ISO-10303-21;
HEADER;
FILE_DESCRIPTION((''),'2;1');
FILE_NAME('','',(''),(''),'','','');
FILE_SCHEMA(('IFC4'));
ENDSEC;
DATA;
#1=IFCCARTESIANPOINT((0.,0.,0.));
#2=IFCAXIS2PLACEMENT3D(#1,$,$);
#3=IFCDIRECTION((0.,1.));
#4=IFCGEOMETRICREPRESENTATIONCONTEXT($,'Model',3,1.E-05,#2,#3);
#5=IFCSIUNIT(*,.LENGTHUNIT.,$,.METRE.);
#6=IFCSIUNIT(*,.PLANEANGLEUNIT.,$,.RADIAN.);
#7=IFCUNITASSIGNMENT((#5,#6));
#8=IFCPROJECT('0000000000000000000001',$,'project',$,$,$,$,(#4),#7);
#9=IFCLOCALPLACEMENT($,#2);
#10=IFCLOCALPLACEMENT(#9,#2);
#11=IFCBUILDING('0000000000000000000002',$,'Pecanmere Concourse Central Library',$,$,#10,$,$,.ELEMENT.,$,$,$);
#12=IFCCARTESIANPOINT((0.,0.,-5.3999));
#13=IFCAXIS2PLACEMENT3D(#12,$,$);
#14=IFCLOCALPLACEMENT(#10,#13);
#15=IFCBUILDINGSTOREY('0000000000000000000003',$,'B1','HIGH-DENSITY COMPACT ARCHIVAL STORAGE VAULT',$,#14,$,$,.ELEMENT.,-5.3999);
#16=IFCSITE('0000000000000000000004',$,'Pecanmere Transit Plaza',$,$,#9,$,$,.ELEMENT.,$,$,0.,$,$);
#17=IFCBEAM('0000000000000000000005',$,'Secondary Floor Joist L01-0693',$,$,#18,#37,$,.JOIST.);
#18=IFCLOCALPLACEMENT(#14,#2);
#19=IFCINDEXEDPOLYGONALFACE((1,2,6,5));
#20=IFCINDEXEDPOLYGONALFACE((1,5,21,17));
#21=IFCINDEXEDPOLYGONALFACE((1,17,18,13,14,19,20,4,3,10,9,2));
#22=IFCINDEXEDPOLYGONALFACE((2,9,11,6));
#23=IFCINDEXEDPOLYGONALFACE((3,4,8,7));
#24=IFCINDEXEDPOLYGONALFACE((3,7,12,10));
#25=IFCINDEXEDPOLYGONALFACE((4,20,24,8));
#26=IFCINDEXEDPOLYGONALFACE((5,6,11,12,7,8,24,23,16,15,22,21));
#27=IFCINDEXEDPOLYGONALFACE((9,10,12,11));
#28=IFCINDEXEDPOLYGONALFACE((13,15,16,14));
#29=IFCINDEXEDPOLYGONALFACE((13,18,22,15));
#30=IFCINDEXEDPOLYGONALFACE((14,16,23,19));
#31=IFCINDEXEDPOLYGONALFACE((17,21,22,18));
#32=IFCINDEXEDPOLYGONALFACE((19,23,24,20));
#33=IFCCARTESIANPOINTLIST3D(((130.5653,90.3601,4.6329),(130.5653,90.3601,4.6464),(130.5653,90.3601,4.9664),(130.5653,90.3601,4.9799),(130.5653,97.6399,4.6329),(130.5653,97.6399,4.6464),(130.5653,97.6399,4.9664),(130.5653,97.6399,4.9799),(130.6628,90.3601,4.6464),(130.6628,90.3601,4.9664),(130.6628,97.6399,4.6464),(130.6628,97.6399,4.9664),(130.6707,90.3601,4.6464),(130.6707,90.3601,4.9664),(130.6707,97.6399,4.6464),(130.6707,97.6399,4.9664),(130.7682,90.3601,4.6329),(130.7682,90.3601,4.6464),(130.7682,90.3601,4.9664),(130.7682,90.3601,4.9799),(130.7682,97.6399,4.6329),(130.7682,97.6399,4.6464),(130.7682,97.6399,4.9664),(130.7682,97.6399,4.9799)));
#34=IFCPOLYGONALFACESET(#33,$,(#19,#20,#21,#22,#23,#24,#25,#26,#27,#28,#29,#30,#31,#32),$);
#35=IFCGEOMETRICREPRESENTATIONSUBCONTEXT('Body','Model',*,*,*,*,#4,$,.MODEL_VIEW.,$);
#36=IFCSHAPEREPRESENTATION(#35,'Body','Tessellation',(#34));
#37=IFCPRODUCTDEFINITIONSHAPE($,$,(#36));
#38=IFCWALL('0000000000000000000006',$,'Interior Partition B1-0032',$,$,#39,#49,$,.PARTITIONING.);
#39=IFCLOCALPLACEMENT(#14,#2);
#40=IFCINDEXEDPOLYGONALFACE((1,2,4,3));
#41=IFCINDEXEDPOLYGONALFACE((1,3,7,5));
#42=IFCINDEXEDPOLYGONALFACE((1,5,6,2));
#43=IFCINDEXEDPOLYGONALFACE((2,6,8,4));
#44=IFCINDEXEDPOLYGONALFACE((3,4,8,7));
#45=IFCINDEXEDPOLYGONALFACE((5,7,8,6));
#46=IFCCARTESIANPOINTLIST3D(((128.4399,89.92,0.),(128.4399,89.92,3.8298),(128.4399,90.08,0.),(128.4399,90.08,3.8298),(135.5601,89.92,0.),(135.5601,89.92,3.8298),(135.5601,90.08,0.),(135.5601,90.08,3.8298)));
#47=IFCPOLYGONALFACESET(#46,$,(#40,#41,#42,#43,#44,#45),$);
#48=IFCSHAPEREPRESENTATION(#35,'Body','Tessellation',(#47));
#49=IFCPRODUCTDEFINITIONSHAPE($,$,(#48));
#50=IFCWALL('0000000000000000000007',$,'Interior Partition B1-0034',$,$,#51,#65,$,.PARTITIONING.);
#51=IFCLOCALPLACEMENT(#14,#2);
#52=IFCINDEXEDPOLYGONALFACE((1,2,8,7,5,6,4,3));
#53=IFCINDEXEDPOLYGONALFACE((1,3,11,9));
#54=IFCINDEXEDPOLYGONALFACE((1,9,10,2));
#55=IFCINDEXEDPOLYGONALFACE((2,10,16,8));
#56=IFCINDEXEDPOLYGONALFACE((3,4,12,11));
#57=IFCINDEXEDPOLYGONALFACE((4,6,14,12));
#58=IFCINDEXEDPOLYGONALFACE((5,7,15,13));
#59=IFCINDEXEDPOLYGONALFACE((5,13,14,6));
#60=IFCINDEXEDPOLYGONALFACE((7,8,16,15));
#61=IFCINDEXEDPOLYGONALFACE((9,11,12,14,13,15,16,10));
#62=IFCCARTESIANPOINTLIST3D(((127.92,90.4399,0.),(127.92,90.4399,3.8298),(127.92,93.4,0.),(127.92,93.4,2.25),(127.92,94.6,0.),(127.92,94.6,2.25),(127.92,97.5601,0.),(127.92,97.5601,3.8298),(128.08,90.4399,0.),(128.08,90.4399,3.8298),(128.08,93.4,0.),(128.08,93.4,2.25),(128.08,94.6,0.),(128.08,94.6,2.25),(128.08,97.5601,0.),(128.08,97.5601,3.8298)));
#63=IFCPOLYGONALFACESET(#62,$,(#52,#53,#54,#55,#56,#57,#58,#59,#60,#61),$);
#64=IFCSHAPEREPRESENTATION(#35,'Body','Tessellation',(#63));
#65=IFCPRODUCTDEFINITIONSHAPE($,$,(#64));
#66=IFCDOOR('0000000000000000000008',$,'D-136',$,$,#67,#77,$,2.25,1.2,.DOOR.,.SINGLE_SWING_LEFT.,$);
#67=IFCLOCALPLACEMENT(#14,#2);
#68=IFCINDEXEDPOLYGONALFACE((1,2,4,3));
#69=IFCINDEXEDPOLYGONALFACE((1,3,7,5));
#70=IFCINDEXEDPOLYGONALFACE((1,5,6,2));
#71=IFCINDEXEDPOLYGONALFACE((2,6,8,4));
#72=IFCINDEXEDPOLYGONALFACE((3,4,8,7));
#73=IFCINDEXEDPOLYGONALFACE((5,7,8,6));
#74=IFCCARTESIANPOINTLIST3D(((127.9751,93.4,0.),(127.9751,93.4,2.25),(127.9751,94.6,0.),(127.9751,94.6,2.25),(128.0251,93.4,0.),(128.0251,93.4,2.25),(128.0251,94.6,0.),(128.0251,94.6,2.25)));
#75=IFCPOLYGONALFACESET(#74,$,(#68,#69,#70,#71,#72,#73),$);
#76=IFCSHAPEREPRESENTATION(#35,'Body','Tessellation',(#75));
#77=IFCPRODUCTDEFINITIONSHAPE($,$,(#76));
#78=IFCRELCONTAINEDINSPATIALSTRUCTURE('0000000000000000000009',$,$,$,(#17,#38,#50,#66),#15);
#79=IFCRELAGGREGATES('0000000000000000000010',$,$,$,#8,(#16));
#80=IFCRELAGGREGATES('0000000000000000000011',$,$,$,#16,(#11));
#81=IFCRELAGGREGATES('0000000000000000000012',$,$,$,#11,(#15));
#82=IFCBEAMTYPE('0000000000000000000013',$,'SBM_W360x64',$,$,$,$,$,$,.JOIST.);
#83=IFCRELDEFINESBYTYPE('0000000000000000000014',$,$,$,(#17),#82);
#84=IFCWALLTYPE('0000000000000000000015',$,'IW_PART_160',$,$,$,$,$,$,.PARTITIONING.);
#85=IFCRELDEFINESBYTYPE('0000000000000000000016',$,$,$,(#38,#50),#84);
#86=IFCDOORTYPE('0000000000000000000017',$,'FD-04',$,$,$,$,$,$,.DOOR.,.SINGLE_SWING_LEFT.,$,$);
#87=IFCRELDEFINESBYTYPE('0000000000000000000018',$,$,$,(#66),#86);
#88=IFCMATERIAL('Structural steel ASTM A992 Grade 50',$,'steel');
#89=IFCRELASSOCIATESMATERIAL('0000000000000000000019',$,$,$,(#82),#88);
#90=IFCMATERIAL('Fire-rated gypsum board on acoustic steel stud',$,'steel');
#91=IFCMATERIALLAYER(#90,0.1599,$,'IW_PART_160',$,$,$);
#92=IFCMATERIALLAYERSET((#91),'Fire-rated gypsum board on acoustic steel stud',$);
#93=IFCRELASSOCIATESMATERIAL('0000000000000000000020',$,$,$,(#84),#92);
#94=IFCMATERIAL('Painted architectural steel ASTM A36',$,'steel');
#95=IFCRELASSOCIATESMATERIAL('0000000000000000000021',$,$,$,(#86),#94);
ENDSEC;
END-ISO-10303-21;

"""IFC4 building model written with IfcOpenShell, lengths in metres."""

from ifc_helpers import new_model, si_unit, direction, frame, frame_2d, origin, origin_2d, place, context, subcontext, project, spatial, rectangle, i_section, extrude, material, layer, layer_set, material_profile, profile_set, type_object, element, fill, save


model = new_model("IFC4")

# Units and contexts
model_context = context("Model", 3, precision=1e-05, world=origin(), true_north=direction((0.0, 1.0)))
body_context = subcontext(model_context, "Body", "Model", "MODEL_VIEW")
ifc_project = project(units=[si_unit("LENGTHUNIT", "METRE"), si_unit("PLANEANGLEUNIT", "RADIAN")], contexts=[model_context])

# Site, building, storey
site_placement = place(None, origin())
site = spatial("IfcSite", under=ifc_project, at=site_placement, Name="Pecanmere Transit Plaza", CompositionType="ELEMENT", RefElevation=0.0)
building_placement = place(site_placement, origin())
building = spatial("IfcBuilding", under=site, at=building_placement, Name="Pecanmere Concourse Central Library", CompositionType="ELEMENT")
storey_placement = place(building_placement, frame((0.0, 0.0, -5.3999)))
storey = spatial("IfcBuildingStorey", under=building, at=storey_placement, Name="B1", Description="HIGH-DENSITY COMPACT ARCHIVAL STORAGE VAULT", CompositionType="ELEMENT", Elevation=-5.3999)

# Beam
ifc_material_1 = material(Name="Structural steel ASTM A992 Grade 50", Category="steel")
ifc_material_profile_1 = material_profile(ifc_material_1, i_section(OverallWidth=0.2029, OverallDepth=0.3469, WebThickness=0.0078, FlangeThickness=0.0134, at=origin_2d()), Name="W360x64")
ifc_profile_set_1 = profile_set([ifc_material_profile_1], Name="Structural steel ASTM A992 Grade 50")
beam_type_1 = type_object("IfcBeamType", Name="SBM_W360x64", PredefinedType="JOIST", material=ifc_profile_set_1)
beam_1_placement = place(storey_placement, frame((130.6667, 90.3601, 4.8064), z_axis=(0.0, 1.0, 0.0), x_axis=(-1.0, 0.0, 0.0)))
element("IfcBeam", 1, at=beam_1_placement, inside=storey, type_object=beam_type_1, Name="Secondary Floor Joist L01-0693", PredefinedType="JOIST", context=body_context, shape_type="SweptSolid", body=[
    extrude(i_section(OverallWidth=0.2029, OverallDepth=0.3469, WebThickness=0.0078, FlangeThickness=0.0134, at=origin_2d()), origin(), (0.0, 0.0, 1.0), 7.2798),
])

# Wall
ifc_material_2 = material(Name="Fire-rated gypsum board on acoustic steel stud", Category="steel")
ifc_layer = layer(ifc_material_2, 0.1599, Name="IW_PART_160")
ifc_layer_set = layer_set([ifc_layer], Name="Fire-rated gypsum board on acoustic steel stud")
wall_type = type_object("IfcWallType", Name="IW_PART_160", PredefinedType="PARTITIONING", material=ifc_layer_set)
wall_1_placement = place(storey_placement, frame((128.4399, 90.0, 0.0), z_axis=(0.0, 0.0, 1.0), x_axis=(1.0, 0.0, 0.0)))
element("IfcWall", 2, at=wall_1_placement, inside=storey, type_object=wall_type, Name="Interior Partition B1-0032", PredefinedType="PARTITIONING", context=body_context, shape_type="SweptSolid", body=[
    extrude(rectangle(XDim=7.1201, YDim=0.1599, at=frame_2d((3.5601, 0.0))), origin(), (0.0, 0.0, 1.0), 3.8298),
])

# Wall, opening, door
wall_2_placement = place(storey_placement, frame((128.0, 90.4399, 0.0), z_axis=(0.0, 0.0, 1.0), x_axis=(0.0, 1.0, 0.0)))
wall_2 = element("IfcWall", 3, at=wall_2_placement, inside=storey, type_object=wall_type, Name="Interior Partition B1-0034", PredefinedType="PARTITIONING", context=body_context, shape_type="SweptSolid", body=[
    extrude(rectangle(XDim=7.1201, YDim=0.1599, at=frame_2d((3.5601, 0.0))), origin(), (0.0, 0.0, 1.0), 3.8298),
])
opening_placement = place(wall_2_placement, frame((2.96, 0.0, 0.0)))
opening = element("IfcOpeningElement", 4, at=opening_placement, cuts=wall_2, PredefinedType="OPENING", context=body_context, shape_type="SweptSolid", body=[
    extrude(rectangle(XDim=1.2, YDim=2.25, at=frame_2d((0.6001, 1.125))), frame((0.0, 0.0918, 0.0), z_axis=(0.0, -1.0, 0.0), x_axis=(1.0, 0.0, 0.0)), (0.0, 0.0, 1.0), 0.1838),
])
ifc_material_3 = material(Name="Painted architectural steel ASTM A36", Category="steel")
door_type = type_object("IfcDoorType", Name="FD-04", OperationType="SINGLE_SWING_LEFT", PredefinedType="DOOR", material=ifc_material_3)
door_placement = place(opening_placement, origin())
door = element("IfcDoor", 5, at=door_placement, inside=storey, type_object=door_type, Name="D-136", OperationType="SINGLE_SWING_LEFT", OverallHeight=2.25, OverallWidth=1.2, PredefinedType="DOOR", context=body_context, shape_type="SweptSolid", body=[
    extrude(rectangle(XDim=1.2, YDim=2.25, at=frame_2d((0.6001, 1.125))), frame((0.0, 0.0249, 0.0), z_axis=(0.0, -1.0, 0.0), x_axis=(1.0, 0.0, 0.0)), (0.0, 0.0, 1.0), 0.05),
])
fill(opening, door)

save(model, "model.ifc")
